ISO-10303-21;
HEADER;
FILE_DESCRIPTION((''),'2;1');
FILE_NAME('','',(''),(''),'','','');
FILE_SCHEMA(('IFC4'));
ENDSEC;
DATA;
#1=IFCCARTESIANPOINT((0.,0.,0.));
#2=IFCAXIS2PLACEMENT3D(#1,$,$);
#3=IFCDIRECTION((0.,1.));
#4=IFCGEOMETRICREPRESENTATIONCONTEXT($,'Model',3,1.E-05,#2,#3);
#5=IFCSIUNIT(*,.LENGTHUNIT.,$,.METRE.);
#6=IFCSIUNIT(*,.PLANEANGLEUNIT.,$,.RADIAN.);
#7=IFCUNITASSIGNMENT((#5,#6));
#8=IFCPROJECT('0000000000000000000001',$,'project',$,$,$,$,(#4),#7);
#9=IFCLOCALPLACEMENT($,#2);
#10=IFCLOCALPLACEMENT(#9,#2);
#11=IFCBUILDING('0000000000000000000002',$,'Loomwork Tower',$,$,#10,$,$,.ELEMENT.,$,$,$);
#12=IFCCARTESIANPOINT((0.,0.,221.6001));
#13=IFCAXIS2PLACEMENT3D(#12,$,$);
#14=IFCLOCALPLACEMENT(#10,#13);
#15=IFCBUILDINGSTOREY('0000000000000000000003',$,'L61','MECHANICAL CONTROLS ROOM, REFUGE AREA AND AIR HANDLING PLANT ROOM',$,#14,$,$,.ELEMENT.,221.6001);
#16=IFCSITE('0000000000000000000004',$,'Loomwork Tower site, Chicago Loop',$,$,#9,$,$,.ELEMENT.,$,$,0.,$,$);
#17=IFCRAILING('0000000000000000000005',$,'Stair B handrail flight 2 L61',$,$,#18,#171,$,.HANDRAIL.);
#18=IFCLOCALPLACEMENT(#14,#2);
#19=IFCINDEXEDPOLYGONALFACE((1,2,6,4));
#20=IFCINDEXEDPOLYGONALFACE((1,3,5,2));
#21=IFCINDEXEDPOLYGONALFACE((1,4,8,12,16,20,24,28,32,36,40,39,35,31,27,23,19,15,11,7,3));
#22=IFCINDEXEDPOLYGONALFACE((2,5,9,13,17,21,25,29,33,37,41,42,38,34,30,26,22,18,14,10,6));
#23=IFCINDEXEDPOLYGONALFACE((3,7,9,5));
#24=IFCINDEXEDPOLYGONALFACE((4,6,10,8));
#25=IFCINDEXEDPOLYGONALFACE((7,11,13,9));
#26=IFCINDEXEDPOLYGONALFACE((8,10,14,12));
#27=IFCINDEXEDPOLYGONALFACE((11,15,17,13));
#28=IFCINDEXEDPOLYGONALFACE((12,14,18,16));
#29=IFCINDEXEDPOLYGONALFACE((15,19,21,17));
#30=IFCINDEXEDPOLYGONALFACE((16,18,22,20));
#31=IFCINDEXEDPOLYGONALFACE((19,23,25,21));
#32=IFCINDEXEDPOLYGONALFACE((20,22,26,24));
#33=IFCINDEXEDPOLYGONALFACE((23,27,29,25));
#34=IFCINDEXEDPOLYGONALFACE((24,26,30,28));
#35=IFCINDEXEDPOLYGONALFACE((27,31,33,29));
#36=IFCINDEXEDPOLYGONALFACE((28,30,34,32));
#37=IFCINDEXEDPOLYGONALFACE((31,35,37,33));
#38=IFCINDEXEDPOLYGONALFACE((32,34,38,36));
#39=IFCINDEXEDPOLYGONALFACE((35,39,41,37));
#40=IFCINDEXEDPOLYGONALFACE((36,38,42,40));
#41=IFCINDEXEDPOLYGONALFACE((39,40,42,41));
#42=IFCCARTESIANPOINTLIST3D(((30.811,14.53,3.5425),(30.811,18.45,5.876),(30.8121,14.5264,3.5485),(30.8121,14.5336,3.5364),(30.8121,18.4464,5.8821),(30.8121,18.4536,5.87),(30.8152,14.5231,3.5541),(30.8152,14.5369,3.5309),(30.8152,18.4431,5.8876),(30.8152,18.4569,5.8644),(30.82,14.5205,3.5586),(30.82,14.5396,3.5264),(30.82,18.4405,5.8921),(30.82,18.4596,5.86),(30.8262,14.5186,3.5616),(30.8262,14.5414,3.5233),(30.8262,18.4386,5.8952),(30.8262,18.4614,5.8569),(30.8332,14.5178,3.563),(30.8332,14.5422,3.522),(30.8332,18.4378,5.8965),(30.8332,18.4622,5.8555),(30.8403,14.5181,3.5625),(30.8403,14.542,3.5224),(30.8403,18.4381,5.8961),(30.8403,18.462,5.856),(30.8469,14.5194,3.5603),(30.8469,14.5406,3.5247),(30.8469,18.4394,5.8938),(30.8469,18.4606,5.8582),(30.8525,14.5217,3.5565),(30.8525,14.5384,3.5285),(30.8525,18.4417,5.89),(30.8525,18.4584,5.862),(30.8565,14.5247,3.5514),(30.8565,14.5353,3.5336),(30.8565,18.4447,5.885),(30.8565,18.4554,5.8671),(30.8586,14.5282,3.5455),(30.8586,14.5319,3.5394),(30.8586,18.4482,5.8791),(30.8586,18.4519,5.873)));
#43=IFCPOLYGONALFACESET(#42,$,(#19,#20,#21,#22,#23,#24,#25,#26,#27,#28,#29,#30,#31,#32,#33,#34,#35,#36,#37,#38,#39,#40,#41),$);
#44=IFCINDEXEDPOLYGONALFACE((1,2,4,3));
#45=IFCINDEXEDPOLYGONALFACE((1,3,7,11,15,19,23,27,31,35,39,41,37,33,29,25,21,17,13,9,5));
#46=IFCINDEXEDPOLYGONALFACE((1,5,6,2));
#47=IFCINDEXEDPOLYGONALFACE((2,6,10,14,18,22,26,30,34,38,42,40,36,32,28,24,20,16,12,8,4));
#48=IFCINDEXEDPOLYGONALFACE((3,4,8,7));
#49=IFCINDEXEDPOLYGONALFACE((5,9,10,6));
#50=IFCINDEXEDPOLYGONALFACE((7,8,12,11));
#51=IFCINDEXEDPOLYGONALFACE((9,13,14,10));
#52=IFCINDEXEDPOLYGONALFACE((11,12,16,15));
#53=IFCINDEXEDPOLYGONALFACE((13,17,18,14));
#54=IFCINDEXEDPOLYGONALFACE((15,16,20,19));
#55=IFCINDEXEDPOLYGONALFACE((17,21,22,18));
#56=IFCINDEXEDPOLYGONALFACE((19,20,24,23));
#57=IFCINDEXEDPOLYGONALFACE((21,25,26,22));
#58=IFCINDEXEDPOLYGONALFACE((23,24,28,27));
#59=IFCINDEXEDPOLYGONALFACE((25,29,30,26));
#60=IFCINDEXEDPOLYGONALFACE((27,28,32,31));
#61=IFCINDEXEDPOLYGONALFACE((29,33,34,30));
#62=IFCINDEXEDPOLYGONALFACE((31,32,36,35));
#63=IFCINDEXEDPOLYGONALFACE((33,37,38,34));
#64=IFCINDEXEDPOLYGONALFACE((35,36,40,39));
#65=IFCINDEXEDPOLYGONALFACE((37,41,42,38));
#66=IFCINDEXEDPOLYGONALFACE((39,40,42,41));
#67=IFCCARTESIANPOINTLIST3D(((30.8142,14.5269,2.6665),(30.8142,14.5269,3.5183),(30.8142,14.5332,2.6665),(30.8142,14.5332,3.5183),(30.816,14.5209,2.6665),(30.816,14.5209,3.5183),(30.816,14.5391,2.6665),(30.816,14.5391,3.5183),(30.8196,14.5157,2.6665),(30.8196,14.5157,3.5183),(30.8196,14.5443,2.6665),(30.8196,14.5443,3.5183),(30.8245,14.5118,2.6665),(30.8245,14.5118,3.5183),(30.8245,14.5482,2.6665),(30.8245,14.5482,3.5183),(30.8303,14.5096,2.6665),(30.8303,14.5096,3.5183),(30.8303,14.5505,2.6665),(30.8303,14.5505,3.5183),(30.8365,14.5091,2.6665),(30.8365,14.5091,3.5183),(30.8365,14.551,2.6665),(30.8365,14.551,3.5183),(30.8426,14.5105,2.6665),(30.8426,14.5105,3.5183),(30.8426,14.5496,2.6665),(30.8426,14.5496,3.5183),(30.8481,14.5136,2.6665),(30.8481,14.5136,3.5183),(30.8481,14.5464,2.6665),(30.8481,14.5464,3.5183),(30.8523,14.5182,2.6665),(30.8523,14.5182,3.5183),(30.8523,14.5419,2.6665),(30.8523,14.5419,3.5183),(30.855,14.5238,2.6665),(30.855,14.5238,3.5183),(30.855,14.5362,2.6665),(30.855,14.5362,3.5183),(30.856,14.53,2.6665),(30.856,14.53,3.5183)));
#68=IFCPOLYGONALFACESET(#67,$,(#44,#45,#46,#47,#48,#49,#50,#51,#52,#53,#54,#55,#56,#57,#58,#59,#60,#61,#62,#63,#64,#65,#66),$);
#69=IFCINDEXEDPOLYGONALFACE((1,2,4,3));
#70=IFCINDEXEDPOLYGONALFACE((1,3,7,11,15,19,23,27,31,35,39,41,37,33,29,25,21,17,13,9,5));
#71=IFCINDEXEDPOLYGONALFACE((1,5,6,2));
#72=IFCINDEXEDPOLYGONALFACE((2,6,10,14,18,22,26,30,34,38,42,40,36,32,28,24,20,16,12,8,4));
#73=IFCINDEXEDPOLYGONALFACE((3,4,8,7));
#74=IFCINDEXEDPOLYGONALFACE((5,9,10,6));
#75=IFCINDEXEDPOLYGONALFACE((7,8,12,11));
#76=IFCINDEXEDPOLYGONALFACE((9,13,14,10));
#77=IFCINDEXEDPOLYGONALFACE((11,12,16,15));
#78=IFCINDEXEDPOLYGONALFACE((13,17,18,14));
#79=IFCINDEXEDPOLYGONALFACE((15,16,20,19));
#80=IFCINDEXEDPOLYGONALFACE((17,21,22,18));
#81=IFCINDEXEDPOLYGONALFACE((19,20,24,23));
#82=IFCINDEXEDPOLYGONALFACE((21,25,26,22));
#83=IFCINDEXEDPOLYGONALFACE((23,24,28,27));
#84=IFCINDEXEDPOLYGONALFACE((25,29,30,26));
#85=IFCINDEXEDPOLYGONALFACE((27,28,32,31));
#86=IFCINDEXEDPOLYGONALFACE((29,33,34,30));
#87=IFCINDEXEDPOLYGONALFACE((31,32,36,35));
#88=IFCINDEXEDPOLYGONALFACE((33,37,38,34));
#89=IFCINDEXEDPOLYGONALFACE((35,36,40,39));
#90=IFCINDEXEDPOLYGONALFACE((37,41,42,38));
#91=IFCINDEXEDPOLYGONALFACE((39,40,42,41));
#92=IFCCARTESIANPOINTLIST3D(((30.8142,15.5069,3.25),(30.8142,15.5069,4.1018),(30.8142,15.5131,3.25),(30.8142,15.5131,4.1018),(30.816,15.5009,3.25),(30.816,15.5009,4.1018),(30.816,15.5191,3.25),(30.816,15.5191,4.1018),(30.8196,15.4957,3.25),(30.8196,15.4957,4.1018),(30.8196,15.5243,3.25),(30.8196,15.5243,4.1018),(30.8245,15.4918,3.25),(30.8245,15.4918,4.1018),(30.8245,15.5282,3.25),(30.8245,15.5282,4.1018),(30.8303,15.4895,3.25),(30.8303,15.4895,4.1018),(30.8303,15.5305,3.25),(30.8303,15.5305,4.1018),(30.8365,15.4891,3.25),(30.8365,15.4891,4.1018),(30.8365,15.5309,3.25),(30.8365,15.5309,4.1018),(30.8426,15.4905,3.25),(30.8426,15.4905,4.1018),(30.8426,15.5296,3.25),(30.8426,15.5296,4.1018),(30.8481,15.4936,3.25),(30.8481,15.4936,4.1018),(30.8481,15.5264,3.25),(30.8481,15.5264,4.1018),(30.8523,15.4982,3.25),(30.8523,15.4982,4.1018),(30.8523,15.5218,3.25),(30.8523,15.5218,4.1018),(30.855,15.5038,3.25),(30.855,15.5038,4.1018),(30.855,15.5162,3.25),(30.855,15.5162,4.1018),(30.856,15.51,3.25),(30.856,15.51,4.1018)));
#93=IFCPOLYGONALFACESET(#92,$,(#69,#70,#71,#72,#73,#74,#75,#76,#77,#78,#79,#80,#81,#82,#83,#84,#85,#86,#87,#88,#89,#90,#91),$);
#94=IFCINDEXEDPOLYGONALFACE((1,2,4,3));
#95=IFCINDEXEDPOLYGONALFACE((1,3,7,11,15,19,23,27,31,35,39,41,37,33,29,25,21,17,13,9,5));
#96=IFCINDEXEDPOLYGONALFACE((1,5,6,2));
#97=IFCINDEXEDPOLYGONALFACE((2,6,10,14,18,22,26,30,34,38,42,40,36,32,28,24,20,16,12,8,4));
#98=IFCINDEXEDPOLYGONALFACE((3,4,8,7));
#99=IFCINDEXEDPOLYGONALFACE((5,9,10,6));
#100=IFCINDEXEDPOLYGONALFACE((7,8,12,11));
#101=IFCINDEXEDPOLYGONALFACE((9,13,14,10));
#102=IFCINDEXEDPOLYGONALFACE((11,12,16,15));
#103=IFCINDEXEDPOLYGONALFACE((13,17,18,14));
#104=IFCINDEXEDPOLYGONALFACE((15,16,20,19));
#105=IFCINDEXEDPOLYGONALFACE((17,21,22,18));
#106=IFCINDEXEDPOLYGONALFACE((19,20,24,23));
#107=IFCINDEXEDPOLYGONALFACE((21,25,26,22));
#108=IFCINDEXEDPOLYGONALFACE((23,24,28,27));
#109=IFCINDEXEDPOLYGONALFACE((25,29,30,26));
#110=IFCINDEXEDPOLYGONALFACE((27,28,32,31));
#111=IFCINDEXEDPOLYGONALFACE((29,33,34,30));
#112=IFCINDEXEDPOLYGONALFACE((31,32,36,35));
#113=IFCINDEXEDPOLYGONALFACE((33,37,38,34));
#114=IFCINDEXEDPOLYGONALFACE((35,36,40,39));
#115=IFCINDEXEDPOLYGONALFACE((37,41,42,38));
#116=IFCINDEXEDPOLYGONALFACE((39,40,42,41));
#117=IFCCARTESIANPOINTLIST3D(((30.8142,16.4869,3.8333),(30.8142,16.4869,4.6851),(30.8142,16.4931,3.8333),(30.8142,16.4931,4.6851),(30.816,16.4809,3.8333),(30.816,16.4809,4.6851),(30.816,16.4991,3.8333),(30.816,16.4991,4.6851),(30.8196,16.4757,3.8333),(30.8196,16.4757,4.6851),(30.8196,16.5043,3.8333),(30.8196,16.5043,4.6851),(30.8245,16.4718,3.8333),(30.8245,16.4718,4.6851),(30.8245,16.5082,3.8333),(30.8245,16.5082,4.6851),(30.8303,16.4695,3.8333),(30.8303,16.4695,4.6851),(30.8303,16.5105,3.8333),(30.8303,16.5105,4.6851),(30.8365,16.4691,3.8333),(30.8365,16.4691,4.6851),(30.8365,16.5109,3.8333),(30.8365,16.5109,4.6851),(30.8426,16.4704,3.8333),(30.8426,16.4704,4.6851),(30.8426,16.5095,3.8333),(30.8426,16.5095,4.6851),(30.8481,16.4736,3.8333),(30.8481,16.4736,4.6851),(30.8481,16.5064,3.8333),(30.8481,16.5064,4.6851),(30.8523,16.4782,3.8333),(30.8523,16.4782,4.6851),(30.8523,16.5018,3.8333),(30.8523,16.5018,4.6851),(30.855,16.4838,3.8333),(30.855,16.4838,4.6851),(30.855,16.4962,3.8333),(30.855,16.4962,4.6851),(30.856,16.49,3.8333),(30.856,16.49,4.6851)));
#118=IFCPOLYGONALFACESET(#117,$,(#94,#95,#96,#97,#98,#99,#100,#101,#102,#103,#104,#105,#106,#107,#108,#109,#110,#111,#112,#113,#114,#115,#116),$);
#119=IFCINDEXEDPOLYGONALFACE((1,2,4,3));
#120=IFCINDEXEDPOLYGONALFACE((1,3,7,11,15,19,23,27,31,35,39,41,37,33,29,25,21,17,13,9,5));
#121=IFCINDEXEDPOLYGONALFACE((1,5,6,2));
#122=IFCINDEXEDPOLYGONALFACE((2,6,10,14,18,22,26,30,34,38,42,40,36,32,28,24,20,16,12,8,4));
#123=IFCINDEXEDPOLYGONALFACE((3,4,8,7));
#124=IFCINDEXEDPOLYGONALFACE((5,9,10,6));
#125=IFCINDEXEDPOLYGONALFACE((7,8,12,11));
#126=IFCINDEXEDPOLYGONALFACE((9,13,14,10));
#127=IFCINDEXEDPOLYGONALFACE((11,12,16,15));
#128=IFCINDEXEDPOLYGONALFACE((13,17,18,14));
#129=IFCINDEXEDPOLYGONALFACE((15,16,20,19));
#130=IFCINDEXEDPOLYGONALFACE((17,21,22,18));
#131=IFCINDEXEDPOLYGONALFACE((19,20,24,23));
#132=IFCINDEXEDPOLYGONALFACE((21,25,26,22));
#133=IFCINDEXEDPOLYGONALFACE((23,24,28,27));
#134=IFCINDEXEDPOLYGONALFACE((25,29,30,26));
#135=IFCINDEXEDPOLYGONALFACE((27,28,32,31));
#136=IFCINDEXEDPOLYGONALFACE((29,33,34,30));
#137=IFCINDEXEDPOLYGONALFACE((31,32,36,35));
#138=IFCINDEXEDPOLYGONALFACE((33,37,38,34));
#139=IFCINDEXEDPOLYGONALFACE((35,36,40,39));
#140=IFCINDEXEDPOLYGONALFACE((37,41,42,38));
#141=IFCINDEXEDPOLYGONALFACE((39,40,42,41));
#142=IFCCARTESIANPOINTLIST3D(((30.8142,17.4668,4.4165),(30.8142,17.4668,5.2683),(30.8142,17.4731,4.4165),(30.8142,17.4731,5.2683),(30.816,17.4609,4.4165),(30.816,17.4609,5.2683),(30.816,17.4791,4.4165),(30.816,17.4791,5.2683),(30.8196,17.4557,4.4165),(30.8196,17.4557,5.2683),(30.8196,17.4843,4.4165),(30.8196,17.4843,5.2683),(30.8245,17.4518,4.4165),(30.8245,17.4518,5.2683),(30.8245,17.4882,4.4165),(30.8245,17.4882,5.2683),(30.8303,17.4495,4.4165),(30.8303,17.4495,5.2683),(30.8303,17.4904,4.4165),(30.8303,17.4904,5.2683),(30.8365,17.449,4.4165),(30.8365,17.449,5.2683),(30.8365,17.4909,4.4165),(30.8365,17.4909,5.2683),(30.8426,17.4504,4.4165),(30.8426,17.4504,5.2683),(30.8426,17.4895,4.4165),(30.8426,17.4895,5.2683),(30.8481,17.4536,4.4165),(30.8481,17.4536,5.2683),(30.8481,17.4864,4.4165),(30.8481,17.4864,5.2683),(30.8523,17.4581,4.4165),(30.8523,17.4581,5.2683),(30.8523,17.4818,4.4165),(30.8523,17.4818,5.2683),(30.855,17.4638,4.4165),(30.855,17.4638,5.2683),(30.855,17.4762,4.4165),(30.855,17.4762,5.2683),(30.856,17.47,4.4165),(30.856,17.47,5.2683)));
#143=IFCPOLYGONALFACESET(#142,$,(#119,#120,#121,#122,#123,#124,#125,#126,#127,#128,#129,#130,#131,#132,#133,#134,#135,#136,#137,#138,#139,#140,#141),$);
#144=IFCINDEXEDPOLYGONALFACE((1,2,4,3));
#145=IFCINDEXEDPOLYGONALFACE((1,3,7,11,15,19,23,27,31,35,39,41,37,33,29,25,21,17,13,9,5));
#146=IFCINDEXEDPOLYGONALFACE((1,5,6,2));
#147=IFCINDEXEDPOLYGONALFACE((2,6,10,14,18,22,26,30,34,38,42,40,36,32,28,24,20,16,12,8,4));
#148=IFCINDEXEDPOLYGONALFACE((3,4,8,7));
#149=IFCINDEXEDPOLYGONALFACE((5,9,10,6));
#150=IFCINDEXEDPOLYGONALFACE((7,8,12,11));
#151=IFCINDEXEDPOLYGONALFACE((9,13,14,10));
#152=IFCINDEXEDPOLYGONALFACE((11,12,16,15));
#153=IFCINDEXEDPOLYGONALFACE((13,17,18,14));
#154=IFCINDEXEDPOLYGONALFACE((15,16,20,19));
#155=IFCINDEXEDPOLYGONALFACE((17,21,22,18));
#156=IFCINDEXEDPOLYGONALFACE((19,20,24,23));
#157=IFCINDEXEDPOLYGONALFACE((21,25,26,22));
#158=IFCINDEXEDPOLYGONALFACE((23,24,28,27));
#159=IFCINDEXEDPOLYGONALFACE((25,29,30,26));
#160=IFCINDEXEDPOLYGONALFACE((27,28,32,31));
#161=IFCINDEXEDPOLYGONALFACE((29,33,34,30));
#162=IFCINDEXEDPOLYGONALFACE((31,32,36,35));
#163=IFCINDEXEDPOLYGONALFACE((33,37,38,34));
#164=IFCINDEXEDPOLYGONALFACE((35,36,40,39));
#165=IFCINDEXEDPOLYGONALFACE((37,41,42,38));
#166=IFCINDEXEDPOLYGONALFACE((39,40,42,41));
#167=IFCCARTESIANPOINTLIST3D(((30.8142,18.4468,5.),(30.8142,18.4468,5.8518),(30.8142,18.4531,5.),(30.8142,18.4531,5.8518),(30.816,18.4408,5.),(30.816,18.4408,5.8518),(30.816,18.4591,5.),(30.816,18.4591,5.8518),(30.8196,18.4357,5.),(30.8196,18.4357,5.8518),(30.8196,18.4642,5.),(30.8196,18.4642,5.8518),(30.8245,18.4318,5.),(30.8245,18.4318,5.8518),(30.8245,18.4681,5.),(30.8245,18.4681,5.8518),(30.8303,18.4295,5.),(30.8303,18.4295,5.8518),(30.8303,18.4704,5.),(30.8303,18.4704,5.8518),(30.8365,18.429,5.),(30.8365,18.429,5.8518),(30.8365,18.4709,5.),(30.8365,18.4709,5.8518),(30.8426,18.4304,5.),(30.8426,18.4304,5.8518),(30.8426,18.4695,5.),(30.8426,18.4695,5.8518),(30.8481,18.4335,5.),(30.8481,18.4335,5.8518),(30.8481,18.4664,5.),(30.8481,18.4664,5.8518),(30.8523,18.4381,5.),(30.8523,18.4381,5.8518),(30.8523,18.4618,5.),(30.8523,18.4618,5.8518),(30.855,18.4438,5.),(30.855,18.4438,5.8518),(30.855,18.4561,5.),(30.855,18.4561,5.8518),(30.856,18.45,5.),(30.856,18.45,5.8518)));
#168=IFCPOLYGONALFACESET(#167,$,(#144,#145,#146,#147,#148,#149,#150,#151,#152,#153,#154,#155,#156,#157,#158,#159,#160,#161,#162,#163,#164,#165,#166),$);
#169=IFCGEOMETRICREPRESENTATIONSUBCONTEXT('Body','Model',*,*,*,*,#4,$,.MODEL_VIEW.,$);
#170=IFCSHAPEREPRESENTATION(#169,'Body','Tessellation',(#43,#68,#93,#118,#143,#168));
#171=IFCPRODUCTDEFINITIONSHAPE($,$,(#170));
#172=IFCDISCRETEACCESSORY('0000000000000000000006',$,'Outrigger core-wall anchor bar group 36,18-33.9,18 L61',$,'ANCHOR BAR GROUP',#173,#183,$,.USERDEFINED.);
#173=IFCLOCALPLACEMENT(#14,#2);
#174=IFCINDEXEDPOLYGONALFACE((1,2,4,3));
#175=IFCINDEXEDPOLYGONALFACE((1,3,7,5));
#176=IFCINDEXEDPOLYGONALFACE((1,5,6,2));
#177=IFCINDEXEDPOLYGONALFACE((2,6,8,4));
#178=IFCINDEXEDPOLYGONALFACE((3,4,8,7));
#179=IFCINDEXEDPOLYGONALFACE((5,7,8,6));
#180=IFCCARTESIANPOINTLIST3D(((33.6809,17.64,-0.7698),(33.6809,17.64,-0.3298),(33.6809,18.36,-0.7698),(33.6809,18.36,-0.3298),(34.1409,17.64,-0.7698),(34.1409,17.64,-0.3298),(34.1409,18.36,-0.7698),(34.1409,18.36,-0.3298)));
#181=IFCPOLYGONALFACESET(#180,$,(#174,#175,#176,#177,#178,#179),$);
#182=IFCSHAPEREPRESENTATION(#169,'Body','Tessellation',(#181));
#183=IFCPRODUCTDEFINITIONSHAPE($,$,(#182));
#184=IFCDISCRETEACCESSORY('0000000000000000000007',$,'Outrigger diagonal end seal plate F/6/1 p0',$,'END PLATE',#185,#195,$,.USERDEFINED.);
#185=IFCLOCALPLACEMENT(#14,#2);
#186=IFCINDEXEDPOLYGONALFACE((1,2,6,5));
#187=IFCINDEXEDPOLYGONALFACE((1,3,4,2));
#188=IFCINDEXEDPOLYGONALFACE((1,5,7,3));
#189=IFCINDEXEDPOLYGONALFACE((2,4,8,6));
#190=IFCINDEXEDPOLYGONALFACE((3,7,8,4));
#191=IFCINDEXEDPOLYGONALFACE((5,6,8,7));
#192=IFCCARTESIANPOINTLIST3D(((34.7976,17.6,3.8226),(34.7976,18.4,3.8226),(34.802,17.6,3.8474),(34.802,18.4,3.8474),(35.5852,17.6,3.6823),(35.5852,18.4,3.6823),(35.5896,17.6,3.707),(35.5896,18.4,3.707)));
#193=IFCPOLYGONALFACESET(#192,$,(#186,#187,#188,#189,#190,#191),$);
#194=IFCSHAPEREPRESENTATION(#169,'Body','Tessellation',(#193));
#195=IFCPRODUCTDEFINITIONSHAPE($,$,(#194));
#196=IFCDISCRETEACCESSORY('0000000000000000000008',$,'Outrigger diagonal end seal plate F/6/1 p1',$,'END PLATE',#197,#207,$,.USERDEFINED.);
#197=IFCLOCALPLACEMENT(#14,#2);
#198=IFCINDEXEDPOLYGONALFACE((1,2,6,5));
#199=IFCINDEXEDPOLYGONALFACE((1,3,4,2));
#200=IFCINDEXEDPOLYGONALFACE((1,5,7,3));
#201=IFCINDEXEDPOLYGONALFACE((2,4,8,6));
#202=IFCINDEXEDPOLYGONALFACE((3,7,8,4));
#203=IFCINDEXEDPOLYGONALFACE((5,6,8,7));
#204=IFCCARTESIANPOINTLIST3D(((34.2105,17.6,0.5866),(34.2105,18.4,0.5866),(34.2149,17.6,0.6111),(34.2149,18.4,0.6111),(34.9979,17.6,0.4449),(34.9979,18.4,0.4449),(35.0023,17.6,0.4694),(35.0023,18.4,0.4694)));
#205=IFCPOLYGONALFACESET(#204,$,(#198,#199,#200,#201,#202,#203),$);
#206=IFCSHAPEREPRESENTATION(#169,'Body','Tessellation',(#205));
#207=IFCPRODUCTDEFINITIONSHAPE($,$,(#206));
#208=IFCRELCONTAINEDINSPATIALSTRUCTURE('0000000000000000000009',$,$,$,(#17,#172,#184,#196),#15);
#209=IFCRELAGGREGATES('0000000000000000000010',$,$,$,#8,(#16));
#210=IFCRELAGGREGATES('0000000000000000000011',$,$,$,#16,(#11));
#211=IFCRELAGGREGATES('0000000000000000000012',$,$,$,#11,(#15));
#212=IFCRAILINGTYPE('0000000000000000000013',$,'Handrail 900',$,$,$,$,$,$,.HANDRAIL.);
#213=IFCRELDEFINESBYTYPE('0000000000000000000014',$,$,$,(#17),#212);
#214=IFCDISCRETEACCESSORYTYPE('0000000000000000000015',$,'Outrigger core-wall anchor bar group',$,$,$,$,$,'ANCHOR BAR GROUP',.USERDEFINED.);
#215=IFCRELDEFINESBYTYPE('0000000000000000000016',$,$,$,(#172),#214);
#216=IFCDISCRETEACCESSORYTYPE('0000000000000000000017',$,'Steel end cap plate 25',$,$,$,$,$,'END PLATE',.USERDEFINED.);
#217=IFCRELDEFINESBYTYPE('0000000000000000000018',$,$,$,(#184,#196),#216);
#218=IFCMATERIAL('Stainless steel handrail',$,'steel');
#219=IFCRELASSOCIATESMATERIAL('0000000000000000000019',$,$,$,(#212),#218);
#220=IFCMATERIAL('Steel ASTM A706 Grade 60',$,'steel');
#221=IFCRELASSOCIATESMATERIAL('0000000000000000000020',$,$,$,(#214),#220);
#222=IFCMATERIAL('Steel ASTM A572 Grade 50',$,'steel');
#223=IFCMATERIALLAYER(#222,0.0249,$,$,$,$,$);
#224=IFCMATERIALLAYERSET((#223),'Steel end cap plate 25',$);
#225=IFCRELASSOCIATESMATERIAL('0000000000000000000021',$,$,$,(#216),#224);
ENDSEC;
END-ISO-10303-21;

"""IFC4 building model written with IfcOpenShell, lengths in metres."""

from ifc_helpers import new_model, si_unit, direction, frame, origin, origin_2d, place, context, subcontext, project, spatial, rectangle, circle, extrude, material, layer, layer_set, type_object, element, save


model = new_model("IFC4")

# Units and contexts
model_context = context("Model", 3, precision=1e-05, world=origin(), true_north=direction((0.0, 1.0)))
body_context = subcontext(model_context, "Body", "Model", "MODEL_VIEW")
ifc_project = project(units=[si_unit("LENGTHUNIT", "METRE"), si_unit("PLANEANGLEUNIT", "RADIAN")], contexts=[model_context])

# Site, building, storey
site_placement = place(None, origin())
site = spatial("IfcSite", under=ifc_project, at=site_placement, Name="Loomwork Tower site, Chicago Loop", CompositionType="ELEMENT", RefElevation=0.0)
building_placement = place(site_placement, origin())
building = spatial("IfcBuilding", under=site, at=building_placement, Name="Loomwork Tower", CompositionType="ELEMENT")
storey_placement = place(building_placement, frame((0.0, 0.0, 221.6001)))
storey = spatial("IfcBuildingStorey", under=building, at=storey_placement, Name="L61", Description="MECHANICAL CONTROLS ROOM, REFUGE AREA AND AIR HANDLING PLANT ROOM", CompositionType="ELEMENT", Elevation=221.6001)

# Railing
ifc_material_1 = material(Name="Stainless steel handrail", Category="steel")
railing_type = type_object("IfcRailingType", Name="Handrail 900", PredefinedType="HANDRAIL", material=ifc_material_1)
railing_1_placement = place(storey_placement, frame((30.835, 14.53, 2.6665)))
element("IfcRailing", 1, at=railing_1_placement, inside=storey, type_object=railing_type, Name="Stair B handrail flight 2 L61", PredefinedType="HANDRAIL", context=body_context, shape_type="SweptSolid", body=[
    extrude(circle(Radius=0.0239, at=origin_2d()), frame((0.0, 0.0, 0.876), z_axis=(0.0, 0.859273, 0.511518), x_axis=(-1.0, 0.0, 0.0)), (0.0, 0.0, 1.0), 4.562),
    extrude(circle(Radius=0.021, at=origin_2d()), origin(), (0.0, 0.0, 1.0), 0.8518),
    extrude(circle(Radius=0.021, at=origin_2d()), frame((0.0, 0.98, 0.5835)), (0.0, 0.0, 1.0), 0.8518),
    extrude(circle(Radius=0.021, at=origin_2d()), frame((0.0, 1.96, 1.1667)), (0.0, 0.0, 1.0), 0.8518),
    extrude(circle(Radius=0.021, at=origin_2d()), frame((0.0, 2.9399, 1.75)), (0.0, 0.0, 1.0), 0.8518),
    extrude(circle(Radius=0.021, at=origin_2d()), frame((0.0, 3.9199, 2.3335)), (0.0, 0.0, 1.0), 0.8518),
])

# Discrete accessories
ifc_material_2 = material(Name="Steel ASTM A706 Grade 60", Category="steel")
discrete_accessory_type_1 = type_object("IfcDiscreteAccessoryType", Name="Outrigger core-wall anchor bar group", ElementType="ANCHOR BAR GROUP", PredefinedType="USERDEFINED", material=ifc_material_2)
discrete_accessory_1_placement = place(storey_placement, frame((33.9109, 18.0, -0.7698), z_axis=(0.0, 0.0, 1.0), x_axis=(1.0, 0.0, 0.0)))
element("IfcDiscreteAccessory", 2, at=discrete_accessory_1_placement, inside=storey, type_object=discrete_accessory_type_1, Name="Outrigger core-wall anchor bar group 36,18-33.9,18 L61", ObjectType="ANCHOR BAR GROUP", PredefinedType="USERDEFINED", context=body_context, shape_type="SweptSolid", body=[
    extrude(rectangle(XDim=0.46, YDim=0.72, at=origin_2d()), origin(), (0.0, 0.0, 1.0), 0.4399),
])
ifc_material_3 = material(Name="Steel ASTM A572 Grade 50", Category="steel")
ifc_layer_1 = layer(ifc_material_3, 0.0249)
ifc_layer_set_1 = layer_set([ifc_layer_1], Name="Steel end cap plate 25")
discrete_accessory_type_2 = type_object("IfcDiscreteAccessoryType", Name="Steel end cap plate 25", ElementType="END PLATE", PredefinedType="USERDEFINED", material=ifc_layer_set_1)
discrete_accessory_2_placement = place(storey_placement, frame((35.1914, 18.0, 3.7524), z_axis=(0.175453, 0.0, 0.984488), x_axis=(0.0, 1.0, 0.0)))
element("IfcDiscreteAccessory", 3, at=discrete_accessory_2_placement, inside=storey, type_object=discrete_accessory_type_2, Name="Outrigger diagonal end seal plate F/6/1 p0", ObjectType="END PLATE", PredefinedType="USERDEFINED", context=body_context, shape_type="SweptSolid", body=[
    extrude(rectangle(XDim=0.8, YDim=0.8, at=origin_2d()), origin(), (0.0, 0.0, 1.0), 0.0251),
])
discrete_accessory_3_placement = place(storey_placement, frame((34.6086, 18.0, 0.5403), z_axis=(-0.177153, 0.0, -0.984183), x_axis=(0.0, -1.0, 0.0)))
element("IfcDiscreteAccessory", 4, at=discrete_accessory_3_placement, inside=storey, type_object=discrete_accessory_type_2, Name="Outrigger diagonal end seal plate F/6/1 p1", ObjectType="END PLATE", PredefinedType="USERDEFINED", context=body_context, shape_type="SweptSolid", body=[
    extrude(rectangle(XDim=0.8, YDim=0.8, at=origin_2d()), origin(), (0.0, 0.0, 1.0), 0.0249),
])

save(model, "model.ifc")
